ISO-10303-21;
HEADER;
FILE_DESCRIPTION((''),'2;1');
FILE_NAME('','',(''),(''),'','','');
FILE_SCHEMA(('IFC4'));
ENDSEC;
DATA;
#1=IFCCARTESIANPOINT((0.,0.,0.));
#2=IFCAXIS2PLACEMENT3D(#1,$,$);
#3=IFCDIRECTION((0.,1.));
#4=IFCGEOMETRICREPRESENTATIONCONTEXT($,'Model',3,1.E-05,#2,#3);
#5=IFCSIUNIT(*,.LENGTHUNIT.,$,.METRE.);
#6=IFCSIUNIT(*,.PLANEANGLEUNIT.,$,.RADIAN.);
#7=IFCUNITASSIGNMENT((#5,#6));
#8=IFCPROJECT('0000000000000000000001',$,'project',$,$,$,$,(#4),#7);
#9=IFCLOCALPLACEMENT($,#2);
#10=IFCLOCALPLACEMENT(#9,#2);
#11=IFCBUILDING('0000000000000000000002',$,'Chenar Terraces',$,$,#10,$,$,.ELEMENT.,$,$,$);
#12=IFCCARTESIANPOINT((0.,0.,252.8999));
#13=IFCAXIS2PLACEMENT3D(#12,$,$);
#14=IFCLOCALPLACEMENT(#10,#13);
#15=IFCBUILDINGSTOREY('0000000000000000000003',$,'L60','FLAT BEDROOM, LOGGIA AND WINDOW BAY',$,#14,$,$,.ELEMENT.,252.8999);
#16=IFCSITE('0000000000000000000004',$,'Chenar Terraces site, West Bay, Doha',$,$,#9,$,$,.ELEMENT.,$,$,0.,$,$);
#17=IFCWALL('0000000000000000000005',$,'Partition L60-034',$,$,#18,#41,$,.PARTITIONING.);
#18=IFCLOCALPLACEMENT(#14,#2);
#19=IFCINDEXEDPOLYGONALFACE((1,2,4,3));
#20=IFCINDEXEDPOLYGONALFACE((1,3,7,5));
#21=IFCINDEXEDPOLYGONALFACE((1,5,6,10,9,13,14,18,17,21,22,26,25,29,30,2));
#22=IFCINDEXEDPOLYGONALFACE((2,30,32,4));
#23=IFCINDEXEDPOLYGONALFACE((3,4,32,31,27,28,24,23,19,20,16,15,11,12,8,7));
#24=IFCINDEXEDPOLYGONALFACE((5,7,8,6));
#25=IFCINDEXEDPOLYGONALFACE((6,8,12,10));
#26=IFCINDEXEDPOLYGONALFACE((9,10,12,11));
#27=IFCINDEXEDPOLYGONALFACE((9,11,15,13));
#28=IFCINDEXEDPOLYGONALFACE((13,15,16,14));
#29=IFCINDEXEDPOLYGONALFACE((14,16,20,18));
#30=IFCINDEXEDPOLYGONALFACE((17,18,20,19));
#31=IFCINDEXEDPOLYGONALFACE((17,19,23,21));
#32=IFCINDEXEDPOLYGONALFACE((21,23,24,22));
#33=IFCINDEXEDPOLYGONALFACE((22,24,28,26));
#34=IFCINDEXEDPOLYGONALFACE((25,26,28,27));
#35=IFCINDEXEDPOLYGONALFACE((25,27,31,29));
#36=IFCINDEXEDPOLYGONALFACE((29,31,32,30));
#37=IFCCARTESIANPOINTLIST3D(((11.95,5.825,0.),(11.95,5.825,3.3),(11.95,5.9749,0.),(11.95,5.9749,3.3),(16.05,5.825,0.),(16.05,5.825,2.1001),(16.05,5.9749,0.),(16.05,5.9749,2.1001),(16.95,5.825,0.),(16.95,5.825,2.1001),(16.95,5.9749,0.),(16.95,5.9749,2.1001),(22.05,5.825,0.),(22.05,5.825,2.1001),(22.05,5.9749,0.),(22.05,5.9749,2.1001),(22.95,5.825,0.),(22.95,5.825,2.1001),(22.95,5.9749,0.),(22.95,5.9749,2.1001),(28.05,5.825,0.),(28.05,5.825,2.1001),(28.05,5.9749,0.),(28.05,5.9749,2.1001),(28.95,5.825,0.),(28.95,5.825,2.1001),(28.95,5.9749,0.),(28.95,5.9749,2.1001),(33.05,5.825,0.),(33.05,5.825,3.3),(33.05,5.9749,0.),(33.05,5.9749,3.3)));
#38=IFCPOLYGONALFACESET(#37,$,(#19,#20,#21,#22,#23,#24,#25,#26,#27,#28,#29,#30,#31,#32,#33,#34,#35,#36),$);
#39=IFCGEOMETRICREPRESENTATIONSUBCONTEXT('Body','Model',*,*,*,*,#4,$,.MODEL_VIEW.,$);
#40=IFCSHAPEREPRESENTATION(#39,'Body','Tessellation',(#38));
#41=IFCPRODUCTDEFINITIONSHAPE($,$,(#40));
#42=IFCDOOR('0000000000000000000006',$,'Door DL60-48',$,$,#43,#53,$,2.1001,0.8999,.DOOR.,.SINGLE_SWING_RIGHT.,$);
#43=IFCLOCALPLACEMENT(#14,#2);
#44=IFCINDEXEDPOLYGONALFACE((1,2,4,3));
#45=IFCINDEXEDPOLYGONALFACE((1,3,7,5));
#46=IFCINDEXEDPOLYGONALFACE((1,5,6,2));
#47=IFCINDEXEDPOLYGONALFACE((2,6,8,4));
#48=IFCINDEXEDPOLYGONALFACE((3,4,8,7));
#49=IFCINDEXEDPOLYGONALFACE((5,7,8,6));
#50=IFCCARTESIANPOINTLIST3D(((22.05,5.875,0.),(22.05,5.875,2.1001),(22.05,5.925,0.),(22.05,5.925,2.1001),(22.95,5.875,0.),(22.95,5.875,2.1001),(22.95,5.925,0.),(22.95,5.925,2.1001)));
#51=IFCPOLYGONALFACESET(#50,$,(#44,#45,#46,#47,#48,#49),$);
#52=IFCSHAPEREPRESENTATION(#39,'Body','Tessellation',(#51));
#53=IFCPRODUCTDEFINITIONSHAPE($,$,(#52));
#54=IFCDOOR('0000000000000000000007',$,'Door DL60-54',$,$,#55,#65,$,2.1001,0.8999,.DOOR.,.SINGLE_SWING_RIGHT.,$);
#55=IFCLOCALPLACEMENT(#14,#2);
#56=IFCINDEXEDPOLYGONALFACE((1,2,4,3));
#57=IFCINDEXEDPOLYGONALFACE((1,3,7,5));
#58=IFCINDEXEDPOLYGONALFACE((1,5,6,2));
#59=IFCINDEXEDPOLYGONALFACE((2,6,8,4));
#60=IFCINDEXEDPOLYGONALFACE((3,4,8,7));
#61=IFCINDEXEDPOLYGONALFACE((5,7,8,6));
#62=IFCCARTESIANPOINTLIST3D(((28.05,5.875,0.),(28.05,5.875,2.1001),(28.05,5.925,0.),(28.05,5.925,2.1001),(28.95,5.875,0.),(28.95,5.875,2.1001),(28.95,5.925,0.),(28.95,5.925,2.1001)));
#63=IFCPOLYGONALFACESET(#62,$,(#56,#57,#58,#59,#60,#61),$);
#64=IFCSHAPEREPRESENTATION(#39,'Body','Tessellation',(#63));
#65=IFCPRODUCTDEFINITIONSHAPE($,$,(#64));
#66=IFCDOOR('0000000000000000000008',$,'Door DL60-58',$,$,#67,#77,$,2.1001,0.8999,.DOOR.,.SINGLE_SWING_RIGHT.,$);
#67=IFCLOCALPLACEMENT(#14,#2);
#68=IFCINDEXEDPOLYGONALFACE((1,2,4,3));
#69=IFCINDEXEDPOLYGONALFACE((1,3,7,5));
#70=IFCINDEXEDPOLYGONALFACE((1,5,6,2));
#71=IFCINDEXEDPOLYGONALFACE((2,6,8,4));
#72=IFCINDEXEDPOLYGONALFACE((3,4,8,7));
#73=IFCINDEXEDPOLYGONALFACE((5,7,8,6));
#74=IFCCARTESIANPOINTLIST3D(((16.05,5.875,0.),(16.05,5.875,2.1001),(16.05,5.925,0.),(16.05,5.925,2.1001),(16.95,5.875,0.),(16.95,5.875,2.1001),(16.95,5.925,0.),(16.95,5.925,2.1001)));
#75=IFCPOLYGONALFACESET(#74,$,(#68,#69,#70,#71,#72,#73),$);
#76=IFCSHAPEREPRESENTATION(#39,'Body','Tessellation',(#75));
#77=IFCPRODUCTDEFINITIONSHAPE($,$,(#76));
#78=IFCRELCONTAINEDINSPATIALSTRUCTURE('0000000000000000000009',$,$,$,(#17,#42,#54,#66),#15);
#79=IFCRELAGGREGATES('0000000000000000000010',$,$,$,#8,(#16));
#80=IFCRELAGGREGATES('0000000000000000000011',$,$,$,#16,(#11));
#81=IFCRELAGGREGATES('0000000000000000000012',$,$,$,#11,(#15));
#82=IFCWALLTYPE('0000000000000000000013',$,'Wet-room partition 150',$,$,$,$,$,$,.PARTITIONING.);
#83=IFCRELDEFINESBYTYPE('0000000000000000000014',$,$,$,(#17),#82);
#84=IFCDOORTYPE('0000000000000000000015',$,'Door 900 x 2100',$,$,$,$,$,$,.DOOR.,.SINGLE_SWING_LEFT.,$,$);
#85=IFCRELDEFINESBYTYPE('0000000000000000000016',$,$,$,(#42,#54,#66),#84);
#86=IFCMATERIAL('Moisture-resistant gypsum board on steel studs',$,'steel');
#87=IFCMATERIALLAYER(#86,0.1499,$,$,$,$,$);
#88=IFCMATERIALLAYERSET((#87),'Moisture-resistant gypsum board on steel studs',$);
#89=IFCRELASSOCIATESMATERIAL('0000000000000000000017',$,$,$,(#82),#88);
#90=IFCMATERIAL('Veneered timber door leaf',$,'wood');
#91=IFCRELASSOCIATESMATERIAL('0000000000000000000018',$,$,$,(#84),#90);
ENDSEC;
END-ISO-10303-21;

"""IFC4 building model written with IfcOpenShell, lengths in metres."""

from ifc_helpers import new_model, si_unit, direction, frame, frame_2d, origin, place, context, subcontext, project, spatial, rectangle, extrude, material, layer, layer_set, type_object, element, fill, save


model = new_model("IFC4")

# Units and contexts
model_context = context("Model", 3, precision=1e-05, world=origin(), true_north=direction((0.0, 1.0)))
body_context = subcontext(model_context, "Body", "Model", "MODEL_VIEW")
ifc_project = project(units=[si_unit("LENGTHUNIT", "METRE"), si_unit("PLANEANGLEUNIT", "RADIAN")], contexts=[model_context])

# Site, building, storey
site_placement = place(None, origin())
site = spatial("IfcSite", under=ifc_project, at=site_placement, Name="Chenar Terraces site, West Bay, Doha", CompositionType="ELEMENT", RefElevation=0.0)
building_placement = place(site_placement, origin())
building = spatial("IfcBuilding", under=site, at=building_placement, Name="Chenar Terraces", CompositionType="ELEMENT")
storey_placement = place(building_placement, frame((0.0, 0.0, 252.8999)))
storey = spatial("IfcBuildingStorey", under=building, at=storey_placement, Name="L60", Description="FLAT BEDROOM, LOGGIA AND WINDOW BAY", CompositionType="ELEMENT", Elevation=252.8999)

# Wall, openings, doors
ifc_material_1 = material(Name="Moisture-resistant gypsum board on steel studs", Category="steel")
ifc_layer_1 = layer(ifc_material_1, 0.1499)
ifc_layer_set_1 = layer_set([ifc_layer_1], Name="Moisture-resistant gypsum board on steel studs")
wall_type_1 = type_object("IfcWallType", Name="Wet-room partition 150", PredefinedType="PARTITIONING", material=ifc_layer_set_1)
wall_1_placement = place(storey_placement, frame((11.95, 5.8999, 0.0), z_axis=(0.0, 0.0, 1.0), x_axis=(1.0, 0.0, 0.0)))
wall_1 = element("IfcWall", 1, at=wall_1_placement, inside=storey, type_object=wall_type_1, Name="Partition L60-034", PredefinedType="PARTITIONING", context=body_context, shape_type="SweptSolid", body=[
    extrude(rectangle(XDim=21.1001, YDim=0.1499, at=frame_2d((10.55, 0.0))), origin(), (0.0, 0.0, 1.0), 3.3),
])
opening_1_placement = place(wall_1_placement, frame((10.1001, 0.0, 0.0)))
opening_1 = element("IfcOpeningElement", 2, at=opening_1_placement, cuts=wall_1, PredefinedType="OPENING", context=body_context, shape_type="SweptSolid", body=[
    extrude(rectangle(XDim=0.8999, YDim=2.1001, at=frame_2d((0.45, 1.05))), frame((0.0, 0.085, 0.0), z_axis=(0.0, -1.0, 0.0), x_axis=(1.0, 0.0, 0.0)), (0.0, 0.0, 1.0), 0.1699),
])
opening_2_placement = place(wall_1_placement, frame((16.1001, 0.0, 0.0)))
opening_2 = element("IfcOpeningElement", 3, at=opening_2_placement, cuts=wall_1, PredefinedType="OPENING", context=body_context, shape_type="SweptSolid", body=[
    extrude(rectangle(XDim=0.8999, YDim=2.1001, at=frame_2d((0.45, 1.05))), frame((0.0, 0.085, 0.0), z_axis=(0.0, -1.0, 0.0), x_axis=(1.0, 0.0, 0.0)), (0.0, 0.0, 1.0), 0.1699),
])
opening_3_placement = place(wall_1_placement, frame((4.1001, 0.0, 0.0)))
opening_3 = element("IfcOpeningElement", 4, at=opening_3_placement, cuts=wall_1, PredefinedType="OPENING", context=body_context, shape_type="SweptSolid", body=[
    extrude(rectangle(XDim=0.8999, YDim=2.1001, at=frame_2d((0.45, 1.05))), frame((0.0, 0.085, 0.0), z_axis=(0.0, -1.0, 0.0), x_axis=(1.0, 0.0, 0.0)), (0.0, 0.0, 1.0), 0.1699),
])
ifc_material_2 = material(Name="Veneered timber door leaf", Category="wood")
door_type_1 = type_object("IfcDoorType", Name="Door 900 x 2100", OperationType="SINGLE_SWING_LEFT", PredefinedType="DOOR", material=ifc_material_2)
door_1_placement = place(opening_1_placement, frame((0.8999, 0.0, 0.0), z_axis=(0.0, 0.0, 1.0), x_axis=(-1.0, 0.0, 0.0)))
door_1 = element("IfcDoor", 5, at=door_1_placement, inside=storey, type_object=door_type_1, Name="Door DL60-48", OperationType="SINGLE_SWING_RIGHT", OverallHeight=2.1001, OverallWidth=0.8999, PredefinedType="DOOR", context=body_context, shape_type="SweptSolid", body=[
    extrude(rectangle(XDim=0.8999, YDim=2.1001, at=frame_2d((0.45, 1.05))), frame((0.0, 0.0249, 0.0), z_axis=(0.0, -1.0, 0.0), x_axis=(1.0, 0.0, 0.0)), (0.0, 0.0, 1.0), 0.05),
])
fill(opening_1, door_1)
door_2_placement = place(opening_2_placement, frame((0.8999, 0.0, 0.0), z_axis=(0.0, 0.0, 1.0), x_axis=(-1.0, 0.0, 0.0)))
door_2 = element("IfcDoor", 6, at=door_2_placement, inside=storey, type_object=door_type_1, Name="Door DL60-54", OperationType="SINGLE_SWING_RIGHT", OverallHeight=2.1001, OverallWidth=0.8999, PredefinedType="DOOR", context=body_context, shape_type="SweptSolid", body=[
    extrude(rectangle(XDim=0.8999, YDim=2.1001, at=frame_2d((0.45, 1.05))), frame((0.0, 0.0249, 0.0), z_axis=(0.0, -1.0, 0.0), x_axis=(1.0, 0.0, 0.0)), (0.0, 0.0, 1.0), 0.05),
])
fill(opening_2, door_2)
door_3_placement = place(opening_3_placement, frame((0.8999, 0.0, 0.0), z_axis=(0.0, 0.0, 1.0), x_axis=(-1.0, 0.0, 0.0)))
door_3 = element("IfcDoor", 7, at=door_3_placement, inside=storey, type_object=door_type_1, Name="Door DL60-58", OperationType="SINGLE_SWING_RIGHT", OverallHeight=2.1001, OverallWidth=0.8999, PredefinedType="DOOR", context=body_context, shape_type="SweptSolid", body=[
    extrude(rectangle(XDim=0.8999, YDim=2.1001, at=frame_2d((0.45, 1.05))), frame((0.0, 0.0249, 0.0), z_axis=(0.0, -1.0, 0.0), x_axis=(1.0, 0.0, 0.0)), (0.0, 0.0, 1.0), 0.05),
])
fill(opening_3, door_3)

save(model, "model.ifc")
